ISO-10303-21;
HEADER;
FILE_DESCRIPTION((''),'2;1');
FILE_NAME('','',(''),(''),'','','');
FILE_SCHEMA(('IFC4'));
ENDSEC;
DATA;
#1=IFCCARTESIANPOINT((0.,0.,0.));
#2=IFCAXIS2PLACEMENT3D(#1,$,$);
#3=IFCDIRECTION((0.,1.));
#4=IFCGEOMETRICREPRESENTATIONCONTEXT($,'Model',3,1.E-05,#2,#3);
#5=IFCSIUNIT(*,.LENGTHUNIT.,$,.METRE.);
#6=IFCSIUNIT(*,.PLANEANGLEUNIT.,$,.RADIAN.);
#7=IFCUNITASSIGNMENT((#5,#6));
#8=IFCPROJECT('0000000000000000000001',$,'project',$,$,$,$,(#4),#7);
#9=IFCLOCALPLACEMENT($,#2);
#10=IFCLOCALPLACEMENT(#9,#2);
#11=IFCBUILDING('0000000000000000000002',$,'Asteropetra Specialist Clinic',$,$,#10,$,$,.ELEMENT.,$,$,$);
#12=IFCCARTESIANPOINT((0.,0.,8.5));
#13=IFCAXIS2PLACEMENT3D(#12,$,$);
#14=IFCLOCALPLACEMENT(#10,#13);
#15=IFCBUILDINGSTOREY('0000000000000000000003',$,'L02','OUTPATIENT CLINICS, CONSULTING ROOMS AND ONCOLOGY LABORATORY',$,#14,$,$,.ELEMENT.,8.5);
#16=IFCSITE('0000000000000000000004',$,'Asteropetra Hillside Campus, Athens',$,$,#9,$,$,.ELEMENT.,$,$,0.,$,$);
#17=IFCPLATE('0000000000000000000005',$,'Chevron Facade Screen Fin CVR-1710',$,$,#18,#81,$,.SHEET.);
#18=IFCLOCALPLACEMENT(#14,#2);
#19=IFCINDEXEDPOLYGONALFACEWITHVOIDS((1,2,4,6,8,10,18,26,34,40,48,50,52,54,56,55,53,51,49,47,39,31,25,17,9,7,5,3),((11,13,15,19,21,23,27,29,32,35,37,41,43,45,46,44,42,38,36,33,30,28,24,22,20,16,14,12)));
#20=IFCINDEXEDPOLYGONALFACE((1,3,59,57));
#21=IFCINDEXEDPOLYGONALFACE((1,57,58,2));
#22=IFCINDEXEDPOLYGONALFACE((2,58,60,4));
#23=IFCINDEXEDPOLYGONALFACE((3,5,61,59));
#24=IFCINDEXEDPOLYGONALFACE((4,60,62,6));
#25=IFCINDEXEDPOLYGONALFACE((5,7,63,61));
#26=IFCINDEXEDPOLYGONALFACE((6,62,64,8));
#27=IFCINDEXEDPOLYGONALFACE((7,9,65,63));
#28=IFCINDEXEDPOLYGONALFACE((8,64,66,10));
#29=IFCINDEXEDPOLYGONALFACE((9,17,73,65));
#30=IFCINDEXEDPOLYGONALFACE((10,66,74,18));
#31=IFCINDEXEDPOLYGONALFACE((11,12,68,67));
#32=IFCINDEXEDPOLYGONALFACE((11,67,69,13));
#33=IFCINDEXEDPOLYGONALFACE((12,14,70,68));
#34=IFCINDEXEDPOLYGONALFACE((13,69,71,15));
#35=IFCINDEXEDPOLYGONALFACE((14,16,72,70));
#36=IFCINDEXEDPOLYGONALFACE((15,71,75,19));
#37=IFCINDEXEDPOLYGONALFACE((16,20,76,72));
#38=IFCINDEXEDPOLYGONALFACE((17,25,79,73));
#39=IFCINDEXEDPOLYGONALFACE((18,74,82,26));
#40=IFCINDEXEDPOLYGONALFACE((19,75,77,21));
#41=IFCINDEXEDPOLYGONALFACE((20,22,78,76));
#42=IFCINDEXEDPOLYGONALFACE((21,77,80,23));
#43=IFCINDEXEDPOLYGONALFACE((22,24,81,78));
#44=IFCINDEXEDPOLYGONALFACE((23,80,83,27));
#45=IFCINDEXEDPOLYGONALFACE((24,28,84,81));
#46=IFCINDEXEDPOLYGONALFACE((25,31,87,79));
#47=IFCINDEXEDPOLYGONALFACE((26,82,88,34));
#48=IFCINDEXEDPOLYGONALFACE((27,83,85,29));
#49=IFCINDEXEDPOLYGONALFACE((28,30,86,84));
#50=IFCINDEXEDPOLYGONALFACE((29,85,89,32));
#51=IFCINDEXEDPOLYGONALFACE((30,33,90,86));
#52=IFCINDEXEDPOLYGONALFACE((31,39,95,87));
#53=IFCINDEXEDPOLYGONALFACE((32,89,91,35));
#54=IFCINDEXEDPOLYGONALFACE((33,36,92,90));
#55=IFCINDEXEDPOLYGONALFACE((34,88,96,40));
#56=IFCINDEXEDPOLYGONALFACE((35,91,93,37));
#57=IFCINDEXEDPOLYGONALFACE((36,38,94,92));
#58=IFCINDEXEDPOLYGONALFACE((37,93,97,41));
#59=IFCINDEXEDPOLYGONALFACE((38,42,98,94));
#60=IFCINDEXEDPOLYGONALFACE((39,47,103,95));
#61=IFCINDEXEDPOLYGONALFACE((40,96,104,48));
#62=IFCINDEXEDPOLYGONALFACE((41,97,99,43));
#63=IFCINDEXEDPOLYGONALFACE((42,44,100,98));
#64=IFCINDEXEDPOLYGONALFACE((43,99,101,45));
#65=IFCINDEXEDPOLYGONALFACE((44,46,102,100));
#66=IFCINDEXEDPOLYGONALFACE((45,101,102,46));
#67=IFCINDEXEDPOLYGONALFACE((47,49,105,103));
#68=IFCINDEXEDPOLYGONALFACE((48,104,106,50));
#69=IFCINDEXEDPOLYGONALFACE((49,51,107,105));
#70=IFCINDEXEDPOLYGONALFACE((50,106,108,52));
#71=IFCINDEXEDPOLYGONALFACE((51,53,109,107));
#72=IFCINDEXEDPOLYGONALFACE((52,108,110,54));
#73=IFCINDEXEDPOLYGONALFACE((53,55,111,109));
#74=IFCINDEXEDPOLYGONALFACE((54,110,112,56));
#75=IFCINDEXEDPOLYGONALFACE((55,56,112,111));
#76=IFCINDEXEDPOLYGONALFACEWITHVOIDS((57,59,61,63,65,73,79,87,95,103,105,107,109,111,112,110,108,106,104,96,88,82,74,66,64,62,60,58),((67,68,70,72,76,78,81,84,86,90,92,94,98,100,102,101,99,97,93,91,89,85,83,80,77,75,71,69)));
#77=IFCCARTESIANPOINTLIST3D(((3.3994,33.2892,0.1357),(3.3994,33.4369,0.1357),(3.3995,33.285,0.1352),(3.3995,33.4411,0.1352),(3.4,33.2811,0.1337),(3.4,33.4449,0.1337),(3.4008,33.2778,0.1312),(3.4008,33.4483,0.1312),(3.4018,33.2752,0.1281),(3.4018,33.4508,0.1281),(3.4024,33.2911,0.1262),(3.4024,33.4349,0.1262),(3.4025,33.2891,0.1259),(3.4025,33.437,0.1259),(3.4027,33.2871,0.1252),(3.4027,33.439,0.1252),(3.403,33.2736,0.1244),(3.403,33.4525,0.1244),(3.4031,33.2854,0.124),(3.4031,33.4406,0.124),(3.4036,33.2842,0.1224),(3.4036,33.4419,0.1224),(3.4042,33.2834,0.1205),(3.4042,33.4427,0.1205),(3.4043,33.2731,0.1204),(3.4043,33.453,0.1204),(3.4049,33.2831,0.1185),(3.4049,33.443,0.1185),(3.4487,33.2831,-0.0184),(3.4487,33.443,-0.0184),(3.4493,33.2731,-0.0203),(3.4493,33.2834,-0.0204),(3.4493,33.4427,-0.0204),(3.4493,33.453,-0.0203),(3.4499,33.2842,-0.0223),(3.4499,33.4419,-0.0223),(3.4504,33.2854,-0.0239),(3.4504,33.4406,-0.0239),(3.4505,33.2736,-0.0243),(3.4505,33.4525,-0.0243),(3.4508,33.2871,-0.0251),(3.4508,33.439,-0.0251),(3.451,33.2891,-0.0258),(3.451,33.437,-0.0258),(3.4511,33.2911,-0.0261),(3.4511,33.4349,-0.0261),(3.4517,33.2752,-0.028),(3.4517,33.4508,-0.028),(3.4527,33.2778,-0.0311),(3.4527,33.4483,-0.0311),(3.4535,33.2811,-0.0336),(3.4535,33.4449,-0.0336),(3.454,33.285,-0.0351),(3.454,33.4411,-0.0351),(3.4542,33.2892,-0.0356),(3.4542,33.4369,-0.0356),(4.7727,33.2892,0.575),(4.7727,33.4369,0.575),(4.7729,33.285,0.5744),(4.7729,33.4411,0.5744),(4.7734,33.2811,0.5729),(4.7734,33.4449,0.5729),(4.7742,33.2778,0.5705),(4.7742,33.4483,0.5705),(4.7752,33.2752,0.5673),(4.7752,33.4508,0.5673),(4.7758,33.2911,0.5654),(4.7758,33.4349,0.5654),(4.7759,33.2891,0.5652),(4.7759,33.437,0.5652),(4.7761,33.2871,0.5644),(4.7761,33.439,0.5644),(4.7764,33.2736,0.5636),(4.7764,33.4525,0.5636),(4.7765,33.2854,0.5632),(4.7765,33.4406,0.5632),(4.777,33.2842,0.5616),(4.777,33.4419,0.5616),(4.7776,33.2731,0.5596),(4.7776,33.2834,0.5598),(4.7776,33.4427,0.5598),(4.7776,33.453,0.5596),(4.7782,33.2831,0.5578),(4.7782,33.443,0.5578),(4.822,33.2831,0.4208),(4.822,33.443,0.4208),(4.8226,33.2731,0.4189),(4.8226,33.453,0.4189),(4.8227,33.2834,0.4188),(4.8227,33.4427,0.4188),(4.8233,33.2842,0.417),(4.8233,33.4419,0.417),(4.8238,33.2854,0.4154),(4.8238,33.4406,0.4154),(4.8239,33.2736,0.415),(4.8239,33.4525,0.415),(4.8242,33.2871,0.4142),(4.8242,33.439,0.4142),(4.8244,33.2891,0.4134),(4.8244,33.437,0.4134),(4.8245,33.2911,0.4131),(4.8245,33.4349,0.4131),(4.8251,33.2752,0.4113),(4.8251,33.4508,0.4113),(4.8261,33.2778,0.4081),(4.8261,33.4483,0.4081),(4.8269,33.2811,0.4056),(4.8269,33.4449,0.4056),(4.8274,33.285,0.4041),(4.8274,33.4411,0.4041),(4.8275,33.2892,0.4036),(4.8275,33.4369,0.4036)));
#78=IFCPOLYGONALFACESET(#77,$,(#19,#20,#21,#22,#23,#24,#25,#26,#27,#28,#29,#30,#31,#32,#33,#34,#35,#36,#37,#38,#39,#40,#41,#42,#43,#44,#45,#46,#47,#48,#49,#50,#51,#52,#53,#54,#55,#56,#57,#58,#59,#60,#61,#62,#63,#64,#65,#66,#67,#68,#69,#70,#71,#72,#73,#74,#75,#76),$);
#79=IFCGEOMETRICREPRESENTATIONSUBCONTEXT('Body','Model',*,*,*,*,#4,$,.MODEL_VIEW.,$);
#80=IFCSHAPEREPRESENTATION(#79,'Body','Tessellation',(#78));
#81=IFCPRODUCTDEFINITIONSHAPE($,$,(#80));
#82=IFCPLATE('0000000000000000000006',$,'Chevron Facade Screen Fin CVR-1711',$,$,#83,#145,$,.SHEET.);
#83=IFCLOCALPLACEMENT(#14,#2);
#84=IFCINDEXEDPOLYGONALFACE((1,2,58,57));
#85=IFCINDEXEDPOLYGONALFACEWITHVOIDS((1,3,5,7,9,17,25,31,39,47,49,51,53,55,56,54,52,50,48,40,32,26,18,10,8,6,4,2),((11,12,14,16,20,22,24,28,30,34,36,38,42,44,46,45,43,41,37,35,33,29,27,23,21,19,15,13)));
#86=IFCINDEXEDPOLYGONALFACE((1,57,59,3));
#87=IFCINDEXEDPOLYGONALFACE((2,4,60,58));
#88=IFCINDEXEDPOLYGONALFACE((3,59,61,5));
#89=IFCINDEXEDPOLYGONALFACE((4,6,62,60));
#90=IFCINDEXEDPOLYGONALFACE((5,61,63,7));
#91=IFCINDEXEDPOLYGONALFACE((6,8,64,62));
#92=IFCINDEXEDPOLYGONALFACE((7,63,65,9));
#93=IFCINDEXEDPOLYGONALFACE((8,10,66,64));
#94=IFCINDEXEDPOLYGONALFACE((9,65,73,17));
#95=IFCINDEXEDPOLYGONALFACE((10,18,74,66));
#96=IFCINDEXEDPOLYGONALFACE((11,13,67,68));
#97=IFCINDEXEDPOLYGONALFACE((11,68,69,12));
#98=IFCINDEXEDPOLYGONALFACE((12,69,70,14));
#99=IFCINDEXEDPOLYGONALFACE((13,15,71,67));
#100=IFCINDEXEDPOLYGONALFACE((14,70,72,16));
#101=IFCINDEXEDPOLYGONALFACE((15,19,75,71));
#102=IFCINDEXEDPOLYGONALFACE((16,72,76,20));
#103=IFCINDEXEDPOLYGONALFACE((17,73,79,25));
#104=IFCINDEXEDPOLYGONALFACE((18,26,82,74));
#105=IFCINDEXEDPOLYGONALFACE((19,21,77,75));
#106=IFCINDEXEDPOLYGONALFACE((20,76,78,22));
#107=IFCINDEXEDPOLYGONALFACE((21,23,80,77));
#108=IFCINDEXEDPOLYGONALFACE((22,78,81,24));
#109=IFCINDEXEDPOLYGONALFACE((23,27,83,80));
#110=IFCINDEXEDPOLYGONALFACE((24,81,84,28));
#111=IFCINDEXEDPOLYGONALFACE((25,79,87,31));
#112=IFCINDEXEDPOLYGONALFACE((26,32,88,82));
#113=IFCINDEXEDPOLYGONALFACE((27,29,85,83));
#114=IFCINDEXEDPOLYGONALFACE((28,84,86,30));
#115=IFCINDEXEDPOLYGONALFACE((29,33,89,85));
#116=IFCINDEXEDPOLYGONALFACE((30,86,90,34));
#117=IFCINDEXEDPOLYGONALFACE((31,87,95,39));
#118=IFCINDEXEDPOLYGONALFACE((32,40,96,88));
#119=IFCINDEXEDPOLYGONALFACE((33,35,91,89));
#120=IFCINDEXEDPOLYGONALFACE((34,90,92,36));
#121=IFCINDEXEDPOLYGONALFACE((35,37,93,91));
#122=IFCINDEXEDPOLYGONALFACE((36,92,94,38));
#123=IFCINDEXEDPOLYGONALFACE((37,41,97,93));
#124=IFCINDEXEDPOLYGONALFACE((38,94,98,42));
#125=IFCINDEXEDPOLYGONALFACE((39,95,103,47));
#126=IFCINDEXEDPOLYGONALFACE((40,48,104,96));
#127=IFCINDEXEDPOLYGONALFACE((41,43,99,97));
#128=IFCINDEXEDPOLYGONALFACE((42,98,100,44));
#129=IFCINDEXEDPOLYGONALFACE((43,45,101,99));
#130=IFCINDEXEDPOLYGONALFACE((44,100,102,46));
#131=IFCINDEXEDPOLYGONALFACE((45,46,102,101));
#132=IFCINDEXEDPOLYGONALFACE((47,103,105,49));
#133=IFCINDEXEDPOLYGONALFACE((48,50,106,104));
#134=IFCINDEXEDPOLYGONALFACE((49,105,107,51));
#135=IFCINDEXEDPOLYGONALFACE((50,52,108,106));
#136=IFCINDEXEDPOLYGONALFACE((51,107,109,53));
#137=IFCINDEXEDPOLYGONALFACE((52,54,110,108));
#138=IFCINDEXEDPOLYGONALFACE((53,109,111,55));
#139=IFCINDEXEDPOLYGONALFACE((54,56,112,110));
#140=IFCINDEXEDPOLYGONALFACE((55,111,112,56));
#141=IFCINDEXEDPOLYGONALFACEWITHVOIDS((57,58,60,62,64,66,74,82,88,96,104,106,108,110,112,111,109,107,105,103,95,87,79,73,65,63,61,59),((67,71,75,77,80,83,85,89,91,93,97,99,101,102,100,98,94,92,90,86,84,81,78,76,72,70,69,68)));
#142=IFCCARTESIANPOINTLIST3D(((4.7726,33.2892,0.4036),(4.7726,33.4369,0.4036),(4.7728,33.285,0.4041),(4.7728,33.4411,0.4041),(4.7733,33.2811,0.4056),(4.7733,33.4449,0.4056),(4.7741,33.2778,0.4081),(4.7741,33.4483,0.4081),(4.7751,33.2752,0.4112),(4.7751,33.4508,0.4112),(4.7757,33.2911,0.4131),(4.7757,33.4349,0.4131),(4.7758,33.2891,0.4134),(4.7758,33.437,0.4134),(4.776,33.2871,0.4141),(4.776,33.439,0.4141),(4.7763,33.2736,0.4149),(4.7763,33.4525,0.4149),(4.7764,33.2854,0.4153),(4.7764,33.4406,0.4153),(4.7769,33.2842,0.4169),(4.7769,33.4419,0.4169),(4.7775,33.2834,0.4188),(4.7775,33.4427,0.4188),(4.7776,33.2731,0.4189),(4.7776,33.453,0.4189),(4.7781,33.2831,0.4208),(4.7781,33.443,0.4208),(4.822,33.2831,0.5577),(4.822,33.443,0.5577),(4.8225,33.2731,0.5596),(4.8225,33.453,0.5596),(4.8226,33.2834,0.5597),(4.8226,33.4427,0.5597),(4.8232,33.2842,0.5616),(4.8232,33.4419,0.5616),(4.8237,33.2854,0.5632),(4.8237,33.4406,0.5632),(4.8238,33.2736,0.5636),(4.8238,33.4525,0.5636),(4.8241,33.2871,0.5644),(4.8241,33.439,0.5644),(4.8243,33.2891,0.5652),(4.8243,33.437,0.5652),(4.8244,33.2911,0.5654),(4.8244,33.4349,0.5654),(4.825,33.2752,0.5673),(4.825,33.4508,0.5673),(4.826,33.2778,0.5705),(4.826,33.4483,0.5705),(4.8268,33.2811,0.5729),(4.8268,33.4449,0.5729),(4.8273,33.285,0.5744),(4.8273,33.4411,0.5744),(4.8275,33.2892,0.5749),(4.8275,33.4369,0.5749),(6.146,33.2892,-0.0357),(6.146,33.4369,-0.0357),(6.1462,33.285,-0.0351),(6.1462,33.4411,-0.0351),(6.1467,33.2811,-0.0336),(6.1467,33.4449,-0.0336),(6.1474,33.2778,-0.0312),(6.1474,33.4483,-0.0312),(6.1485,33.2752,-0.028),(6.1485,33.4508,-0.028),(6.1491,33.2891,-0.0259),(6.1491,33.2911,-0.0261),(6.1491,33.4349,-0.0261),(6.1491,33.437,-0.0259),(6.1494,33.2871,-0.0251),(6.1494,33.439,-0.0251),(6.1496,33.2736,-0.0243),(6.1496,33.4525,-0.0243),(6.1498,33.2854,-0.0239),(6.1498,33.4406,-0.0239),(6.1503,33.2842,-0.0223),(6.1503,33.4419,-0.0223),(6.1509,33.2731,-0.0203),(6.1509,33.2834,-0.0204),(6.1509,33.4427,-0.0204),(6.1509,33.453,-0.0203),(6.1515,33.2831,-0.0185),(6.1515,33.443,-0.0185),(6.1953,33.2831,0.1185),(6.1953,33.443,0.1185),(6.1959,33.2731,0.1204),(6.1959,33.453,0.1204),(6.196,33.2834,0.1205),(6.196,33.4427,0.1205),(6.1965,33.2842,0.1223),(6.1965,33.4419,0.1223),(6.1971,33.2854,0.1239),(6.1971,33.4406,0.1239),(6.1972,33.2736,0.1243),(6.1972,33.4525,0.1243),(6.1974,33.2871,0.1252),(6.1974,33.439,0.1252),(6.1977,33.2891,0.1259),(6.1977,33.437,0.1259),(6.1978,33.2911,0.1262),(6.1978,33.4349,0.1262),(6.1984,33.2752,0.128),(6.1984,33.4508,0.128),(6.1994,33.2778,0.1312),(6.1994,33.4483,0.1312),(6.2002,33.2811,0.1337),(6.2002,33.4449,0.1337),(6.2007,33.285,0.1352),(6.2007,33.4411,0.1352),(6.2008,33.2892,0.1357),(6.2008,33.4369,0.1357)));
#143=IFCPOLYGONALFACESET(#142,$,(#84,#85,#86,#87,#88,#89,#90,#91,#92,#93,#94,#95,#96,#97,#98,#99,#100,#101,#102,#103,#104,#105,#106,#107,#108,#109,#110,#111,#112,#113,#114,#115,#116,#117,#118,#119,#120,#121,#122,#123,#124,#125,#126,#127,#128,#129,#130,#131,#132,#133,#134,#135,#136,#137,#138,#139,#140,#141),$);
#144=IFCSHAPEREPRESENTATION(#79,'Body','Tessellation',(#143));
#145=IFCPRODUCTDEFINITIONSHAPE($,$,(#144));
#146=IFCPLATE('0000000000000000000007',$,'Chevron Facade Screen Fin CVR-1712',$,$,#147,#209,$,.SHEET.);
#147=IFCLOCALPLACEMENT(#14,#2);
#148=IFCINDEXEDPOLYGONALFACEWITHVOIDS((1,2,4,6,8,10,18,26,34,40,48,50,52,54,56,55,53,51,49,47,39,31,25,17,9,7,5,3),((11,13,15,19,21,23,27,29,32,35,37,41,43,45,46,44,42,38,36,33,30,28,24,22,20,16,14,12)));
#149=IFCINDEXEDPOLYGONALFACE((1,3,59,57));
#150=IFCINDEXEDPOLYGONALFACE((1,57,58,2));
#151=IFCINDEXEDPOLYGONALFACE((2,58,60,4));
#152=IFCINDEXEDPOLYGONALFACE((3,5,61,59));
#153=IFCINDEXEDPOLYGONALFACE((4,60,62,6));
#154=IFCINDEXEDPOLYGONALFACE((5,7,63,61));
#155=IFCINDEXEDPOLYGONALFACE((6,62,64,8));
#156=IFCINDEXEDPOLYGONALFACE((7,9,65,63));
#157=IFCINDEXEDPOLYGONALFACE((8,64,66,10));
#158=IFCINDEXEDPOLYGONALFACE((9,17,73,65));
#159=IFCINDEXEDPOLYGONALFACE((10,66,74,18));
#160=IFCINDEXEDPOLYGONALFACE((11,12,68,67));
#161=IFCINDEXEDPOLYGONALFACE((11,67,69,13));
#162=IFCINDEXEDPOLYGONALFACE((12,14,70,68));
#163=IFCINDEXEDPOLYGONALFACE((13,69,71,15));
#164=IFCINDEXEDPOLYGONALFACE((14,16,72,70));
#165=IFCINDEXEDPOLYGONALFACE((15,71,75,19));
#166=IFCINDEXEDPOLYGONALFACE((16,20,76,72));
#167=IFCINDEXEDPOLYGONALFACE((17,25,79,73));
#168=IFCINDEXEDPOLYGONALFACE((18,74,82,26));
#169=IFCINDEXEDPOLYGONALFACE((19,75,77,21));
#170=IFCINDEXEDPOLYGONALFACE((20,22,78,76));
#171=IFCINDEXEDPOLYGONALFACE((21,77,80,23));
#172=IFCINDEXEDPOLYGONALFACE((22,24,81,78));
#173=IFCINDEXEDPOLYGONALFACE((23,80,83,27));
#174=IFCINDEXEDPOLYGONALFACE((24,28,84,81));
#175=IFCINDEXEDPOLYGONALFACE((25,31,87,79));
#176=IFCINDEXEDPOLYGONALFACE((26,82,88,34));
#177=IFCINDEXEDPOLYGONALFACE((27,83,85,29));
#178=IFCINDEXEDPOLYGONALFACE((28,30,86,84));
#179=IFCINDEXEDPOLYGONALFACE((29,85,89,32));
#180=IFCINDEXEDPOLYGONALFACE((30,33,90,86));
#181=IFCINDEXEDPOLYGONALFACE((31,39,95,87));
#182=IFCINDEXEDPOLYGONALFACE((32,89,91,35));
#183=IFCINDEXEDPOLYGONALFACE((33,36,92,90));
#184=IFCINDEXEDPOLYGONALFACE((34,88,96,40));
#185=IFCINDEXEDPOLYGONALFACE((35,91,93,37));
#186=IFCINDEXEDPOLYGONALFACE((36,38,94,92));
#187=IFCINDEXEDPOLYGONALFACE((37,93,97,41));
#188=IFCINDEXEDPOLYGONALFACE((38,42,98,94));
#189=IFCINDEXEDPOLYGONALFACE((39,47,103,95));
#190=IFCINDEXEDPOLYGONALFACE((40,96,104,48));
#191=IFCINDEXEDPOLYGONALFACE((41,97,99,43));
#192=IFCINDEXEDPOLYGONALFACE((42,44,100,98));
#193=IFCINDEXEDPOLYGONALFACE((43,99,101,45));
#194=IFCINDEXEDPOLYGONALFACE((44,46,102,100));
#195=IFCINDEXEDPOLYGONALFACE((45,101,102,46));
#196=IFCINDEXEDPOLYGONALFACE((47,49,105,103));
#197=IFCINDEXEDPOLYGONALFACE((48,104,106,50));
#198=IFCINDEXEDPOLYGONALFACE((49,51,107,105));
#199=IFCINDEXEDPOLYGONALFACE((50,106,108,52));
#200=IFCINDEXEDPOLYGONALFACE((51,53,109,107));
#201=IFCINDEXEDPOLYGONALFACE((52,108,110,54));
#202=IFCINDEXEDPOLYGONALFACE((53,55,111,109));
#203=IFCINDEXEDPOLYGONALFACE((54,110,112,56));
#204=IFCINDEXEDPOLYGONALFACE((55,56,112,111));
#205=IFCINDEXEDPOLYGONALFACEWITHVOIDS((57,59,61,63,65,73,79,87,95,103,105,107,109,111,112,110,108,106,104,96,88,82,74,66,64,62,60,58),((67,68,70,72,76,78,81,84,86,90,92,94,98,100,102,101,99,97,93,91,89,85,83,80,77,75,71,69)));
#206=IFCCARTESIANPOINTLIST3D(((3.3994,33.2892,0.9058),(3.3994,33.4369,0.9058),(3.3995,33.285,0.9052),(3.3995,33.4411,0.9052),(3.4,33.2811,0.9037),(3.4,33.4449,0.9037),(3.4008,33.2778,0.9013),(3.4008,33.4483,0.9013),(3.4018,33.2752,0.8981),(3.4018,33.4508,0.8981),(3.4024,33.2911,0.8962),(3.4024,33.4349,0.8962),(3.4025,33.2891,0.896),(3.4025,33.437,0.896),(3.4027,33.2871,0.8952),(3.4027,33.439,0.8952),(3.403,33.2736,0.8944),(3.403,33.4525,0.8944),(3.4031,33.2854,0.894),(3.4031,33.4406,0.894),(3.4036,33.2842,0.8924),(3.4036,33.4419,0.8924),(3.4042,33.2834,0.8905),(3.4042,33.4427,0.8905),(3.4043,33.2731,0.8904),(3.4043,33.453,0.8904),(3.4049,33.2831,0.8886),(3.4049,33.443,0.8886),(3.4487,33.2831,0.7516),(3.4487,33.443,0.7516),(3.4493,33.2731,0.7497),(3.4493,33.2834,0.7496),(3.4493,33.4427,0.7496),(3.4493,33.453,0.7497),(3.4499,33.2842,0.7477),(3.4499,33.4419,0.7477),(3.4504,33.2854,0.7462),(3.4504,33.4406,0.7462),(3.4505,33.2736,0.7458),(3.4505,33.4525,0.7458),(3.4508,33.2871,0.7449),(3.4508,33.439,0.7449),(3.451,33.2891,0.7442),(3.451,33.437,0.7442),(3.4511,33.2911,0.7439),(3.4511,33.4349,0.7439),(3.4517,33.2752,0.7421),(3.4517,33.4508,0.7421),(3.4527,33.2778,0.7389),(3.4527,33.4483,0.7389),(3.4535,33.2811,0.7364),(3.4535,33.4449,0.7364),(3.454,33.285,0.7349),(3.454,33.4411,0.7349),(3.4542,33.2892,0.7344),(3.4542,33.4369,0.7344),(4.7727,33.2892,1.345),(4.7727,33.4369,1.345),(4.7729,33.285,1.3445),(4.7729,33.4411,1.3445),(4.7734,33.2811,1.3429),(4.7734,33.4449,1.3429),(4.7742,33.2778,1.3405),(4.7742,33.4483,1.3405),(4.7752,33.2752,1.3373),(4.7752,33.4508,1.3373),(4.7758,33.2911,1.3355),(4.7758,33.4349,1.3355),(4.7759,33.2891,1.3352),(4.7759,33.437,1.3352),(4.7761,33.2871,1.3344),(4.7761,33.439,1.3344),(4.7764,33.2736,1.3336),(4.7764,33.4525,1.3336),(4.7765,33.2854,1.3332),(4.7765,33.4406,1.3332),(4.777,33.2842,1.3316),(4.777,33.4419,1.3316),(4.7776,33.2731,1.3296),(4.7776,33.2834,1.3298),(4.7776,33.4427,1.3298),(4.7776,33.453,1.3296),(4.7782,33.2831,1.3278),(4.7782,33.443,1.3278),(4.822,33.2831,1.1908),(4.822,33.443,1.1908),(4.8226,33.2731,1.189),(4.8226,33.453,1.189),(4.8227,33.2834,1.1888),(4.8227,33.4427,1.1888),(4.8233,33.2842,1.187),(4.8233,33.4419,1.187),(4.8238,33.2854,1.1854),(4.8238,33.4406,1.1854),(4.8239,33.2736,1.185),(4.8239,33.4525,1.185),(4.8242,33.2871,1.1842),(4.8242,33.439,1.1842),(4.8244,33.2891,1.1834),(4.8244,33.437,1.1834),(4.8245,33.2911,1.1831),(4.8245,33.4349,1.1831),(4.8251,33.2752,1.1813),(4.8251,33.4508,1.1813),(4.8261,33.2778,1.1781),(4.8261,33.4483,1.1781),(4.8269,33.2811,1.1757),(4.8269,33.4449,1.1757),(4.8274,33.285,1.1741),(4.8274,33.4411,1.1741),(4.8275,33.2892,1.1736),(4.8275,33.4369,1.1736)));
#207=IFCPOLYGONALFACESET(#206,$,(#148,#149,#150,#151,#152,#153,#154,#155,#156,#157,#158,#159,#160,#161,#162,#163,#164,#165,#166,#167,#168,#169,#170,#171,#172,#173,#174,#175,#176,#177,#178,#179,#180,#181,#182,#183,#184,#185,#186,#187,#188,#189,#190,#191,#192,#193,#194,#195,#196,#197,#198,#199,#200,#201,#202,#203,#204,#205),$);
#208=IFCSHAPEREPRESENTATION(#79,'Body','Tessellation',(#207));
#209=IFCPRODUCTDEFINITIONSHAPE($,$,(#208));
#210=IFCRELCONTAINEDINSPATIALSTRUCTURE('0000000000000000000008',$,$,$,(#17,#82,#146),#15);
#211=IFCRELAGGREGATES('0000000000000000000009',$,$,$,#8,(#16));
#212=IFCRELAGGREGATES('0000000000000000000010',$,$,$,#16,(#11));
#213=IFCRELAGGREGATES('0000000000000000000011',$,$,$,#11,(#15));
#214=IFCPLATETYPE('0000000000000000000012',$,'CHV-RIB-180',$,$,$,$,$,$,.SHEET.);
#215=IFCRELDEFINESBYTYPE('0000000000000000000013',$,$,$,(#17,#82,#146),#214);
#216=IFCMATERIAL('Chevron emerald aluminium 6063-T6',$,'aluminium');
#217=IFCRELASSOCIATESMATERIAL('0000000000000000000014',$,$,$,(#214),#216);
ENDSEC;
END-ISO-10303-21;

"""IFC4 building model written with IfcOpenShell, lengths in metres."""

from ifc_helpers import new_model, si_unit, direction, frame, origin, origin_2d, place, context, subcontext, project, spatial, hollow_rectangle, extrude, material, material_profile, profile_set, type_object, element, save


model = new_model("IFC4")

# Units and contexts
model_context = context("Model", 3, precision=1e-05, world=origin(), true_north=direction((0.0, 1.0)))
body_context = subcontext(model_context, "Body", "Model", "MODEL_VIEW")
ifc_project = project(units=[si_unit("LENGTHUNIT", "METRE"), si_unit("PLANEANGLEUNIT", "RADIAN")], contexts=[model_context])

# Site, building, storey
site_placement = place(None, origin())
site = spatial("IfcSite", under=ifc_project, at=site_placement, Name="Asteropetra Hillside Campus, Athens", CompositionType="ELEMENT", RefElevation=0.0)
building_placement = place(site_placement, origin())
building = spatial("IfcBuilding", under=site, at=building_placement, Name="Asteropetra Specialist Clinic", CompositionType="ELEMENT")
storey_placement = place(building_placement, frame((0.0, 0.0, 8.5)))
storey = spatial("IfcBuildingStorey", under=building, at=storey_placement, Name="L02", Description="OUTPATIENT CLINICS, CONSULTING ROOMS AND ONCOLOGY LABORATORY", CompositionType="ELEMENT", Elevation=8.5)

# Plates
ifc_material_1 = material(Name="Chevron emerald aluminium 6063-T6", Category="aluminium")
ifc_material_profile_1 = material_profile(ifc_material_1, hollow_rectangle(XDim=0.1799, YDim=0.1799, WallThickness=0.01, InnerFilletRadius=0.0081, OuterFilletRadius=0.0161, at=origin_2d()), Name="SHS 180x180x10.0")
ifc_profile_set_1 = profile_set([ifc_material_profile_1], Name="Chevron emerald aluminium 6063-T6")
plate_type_1 = type_object("IfcPlateType", Name="CHV-RIB-180", PredefinedType="SHEET", material=ifc_profile_set_1)
for number, where, z_axis, x_axis, name in (
    (1, (3.4268, 33.363, 0.05), (0.952473, 0.0, 0.304622), (0.0, 1.0, 0.0), "Chevron Facade Screen Fin CVR-1710"),
    (2, (4.8, 33.363, 0.4893), (0.952473, 0.0, -0.304622), (0.0, 1.0, 0.0), "Chevron Facade Screen Fin CVR-1711"),
    (3, (3.4268, 33.363, 0.8201), (0.952473, 0.0, 0.304622), (0.0, 1.0, 0.0), "Chevron Facade Screen Fin CVR-1712"),
):
    element("IfcPlate", number, at=place(storey_placement, frame(where, z_axis=z_axis, x_axis=x_axis)), inside=storey, type_object=plate_type_1, Name=name, PredefinedType="SHEET", context=body_context, shape_type="SweptSolid", body=[
        extrude(hollow_rectangle(XDim=0.1799, YDim=0.1799, WallThickness=0.01, InnerFilletRadius=0.0081, OuterFilletRadius=0.0161, at=origin_2d()), origin(), (0.0, 0.0, 1.0), 1.4419),
    ])

save(model, "model.ifc")
